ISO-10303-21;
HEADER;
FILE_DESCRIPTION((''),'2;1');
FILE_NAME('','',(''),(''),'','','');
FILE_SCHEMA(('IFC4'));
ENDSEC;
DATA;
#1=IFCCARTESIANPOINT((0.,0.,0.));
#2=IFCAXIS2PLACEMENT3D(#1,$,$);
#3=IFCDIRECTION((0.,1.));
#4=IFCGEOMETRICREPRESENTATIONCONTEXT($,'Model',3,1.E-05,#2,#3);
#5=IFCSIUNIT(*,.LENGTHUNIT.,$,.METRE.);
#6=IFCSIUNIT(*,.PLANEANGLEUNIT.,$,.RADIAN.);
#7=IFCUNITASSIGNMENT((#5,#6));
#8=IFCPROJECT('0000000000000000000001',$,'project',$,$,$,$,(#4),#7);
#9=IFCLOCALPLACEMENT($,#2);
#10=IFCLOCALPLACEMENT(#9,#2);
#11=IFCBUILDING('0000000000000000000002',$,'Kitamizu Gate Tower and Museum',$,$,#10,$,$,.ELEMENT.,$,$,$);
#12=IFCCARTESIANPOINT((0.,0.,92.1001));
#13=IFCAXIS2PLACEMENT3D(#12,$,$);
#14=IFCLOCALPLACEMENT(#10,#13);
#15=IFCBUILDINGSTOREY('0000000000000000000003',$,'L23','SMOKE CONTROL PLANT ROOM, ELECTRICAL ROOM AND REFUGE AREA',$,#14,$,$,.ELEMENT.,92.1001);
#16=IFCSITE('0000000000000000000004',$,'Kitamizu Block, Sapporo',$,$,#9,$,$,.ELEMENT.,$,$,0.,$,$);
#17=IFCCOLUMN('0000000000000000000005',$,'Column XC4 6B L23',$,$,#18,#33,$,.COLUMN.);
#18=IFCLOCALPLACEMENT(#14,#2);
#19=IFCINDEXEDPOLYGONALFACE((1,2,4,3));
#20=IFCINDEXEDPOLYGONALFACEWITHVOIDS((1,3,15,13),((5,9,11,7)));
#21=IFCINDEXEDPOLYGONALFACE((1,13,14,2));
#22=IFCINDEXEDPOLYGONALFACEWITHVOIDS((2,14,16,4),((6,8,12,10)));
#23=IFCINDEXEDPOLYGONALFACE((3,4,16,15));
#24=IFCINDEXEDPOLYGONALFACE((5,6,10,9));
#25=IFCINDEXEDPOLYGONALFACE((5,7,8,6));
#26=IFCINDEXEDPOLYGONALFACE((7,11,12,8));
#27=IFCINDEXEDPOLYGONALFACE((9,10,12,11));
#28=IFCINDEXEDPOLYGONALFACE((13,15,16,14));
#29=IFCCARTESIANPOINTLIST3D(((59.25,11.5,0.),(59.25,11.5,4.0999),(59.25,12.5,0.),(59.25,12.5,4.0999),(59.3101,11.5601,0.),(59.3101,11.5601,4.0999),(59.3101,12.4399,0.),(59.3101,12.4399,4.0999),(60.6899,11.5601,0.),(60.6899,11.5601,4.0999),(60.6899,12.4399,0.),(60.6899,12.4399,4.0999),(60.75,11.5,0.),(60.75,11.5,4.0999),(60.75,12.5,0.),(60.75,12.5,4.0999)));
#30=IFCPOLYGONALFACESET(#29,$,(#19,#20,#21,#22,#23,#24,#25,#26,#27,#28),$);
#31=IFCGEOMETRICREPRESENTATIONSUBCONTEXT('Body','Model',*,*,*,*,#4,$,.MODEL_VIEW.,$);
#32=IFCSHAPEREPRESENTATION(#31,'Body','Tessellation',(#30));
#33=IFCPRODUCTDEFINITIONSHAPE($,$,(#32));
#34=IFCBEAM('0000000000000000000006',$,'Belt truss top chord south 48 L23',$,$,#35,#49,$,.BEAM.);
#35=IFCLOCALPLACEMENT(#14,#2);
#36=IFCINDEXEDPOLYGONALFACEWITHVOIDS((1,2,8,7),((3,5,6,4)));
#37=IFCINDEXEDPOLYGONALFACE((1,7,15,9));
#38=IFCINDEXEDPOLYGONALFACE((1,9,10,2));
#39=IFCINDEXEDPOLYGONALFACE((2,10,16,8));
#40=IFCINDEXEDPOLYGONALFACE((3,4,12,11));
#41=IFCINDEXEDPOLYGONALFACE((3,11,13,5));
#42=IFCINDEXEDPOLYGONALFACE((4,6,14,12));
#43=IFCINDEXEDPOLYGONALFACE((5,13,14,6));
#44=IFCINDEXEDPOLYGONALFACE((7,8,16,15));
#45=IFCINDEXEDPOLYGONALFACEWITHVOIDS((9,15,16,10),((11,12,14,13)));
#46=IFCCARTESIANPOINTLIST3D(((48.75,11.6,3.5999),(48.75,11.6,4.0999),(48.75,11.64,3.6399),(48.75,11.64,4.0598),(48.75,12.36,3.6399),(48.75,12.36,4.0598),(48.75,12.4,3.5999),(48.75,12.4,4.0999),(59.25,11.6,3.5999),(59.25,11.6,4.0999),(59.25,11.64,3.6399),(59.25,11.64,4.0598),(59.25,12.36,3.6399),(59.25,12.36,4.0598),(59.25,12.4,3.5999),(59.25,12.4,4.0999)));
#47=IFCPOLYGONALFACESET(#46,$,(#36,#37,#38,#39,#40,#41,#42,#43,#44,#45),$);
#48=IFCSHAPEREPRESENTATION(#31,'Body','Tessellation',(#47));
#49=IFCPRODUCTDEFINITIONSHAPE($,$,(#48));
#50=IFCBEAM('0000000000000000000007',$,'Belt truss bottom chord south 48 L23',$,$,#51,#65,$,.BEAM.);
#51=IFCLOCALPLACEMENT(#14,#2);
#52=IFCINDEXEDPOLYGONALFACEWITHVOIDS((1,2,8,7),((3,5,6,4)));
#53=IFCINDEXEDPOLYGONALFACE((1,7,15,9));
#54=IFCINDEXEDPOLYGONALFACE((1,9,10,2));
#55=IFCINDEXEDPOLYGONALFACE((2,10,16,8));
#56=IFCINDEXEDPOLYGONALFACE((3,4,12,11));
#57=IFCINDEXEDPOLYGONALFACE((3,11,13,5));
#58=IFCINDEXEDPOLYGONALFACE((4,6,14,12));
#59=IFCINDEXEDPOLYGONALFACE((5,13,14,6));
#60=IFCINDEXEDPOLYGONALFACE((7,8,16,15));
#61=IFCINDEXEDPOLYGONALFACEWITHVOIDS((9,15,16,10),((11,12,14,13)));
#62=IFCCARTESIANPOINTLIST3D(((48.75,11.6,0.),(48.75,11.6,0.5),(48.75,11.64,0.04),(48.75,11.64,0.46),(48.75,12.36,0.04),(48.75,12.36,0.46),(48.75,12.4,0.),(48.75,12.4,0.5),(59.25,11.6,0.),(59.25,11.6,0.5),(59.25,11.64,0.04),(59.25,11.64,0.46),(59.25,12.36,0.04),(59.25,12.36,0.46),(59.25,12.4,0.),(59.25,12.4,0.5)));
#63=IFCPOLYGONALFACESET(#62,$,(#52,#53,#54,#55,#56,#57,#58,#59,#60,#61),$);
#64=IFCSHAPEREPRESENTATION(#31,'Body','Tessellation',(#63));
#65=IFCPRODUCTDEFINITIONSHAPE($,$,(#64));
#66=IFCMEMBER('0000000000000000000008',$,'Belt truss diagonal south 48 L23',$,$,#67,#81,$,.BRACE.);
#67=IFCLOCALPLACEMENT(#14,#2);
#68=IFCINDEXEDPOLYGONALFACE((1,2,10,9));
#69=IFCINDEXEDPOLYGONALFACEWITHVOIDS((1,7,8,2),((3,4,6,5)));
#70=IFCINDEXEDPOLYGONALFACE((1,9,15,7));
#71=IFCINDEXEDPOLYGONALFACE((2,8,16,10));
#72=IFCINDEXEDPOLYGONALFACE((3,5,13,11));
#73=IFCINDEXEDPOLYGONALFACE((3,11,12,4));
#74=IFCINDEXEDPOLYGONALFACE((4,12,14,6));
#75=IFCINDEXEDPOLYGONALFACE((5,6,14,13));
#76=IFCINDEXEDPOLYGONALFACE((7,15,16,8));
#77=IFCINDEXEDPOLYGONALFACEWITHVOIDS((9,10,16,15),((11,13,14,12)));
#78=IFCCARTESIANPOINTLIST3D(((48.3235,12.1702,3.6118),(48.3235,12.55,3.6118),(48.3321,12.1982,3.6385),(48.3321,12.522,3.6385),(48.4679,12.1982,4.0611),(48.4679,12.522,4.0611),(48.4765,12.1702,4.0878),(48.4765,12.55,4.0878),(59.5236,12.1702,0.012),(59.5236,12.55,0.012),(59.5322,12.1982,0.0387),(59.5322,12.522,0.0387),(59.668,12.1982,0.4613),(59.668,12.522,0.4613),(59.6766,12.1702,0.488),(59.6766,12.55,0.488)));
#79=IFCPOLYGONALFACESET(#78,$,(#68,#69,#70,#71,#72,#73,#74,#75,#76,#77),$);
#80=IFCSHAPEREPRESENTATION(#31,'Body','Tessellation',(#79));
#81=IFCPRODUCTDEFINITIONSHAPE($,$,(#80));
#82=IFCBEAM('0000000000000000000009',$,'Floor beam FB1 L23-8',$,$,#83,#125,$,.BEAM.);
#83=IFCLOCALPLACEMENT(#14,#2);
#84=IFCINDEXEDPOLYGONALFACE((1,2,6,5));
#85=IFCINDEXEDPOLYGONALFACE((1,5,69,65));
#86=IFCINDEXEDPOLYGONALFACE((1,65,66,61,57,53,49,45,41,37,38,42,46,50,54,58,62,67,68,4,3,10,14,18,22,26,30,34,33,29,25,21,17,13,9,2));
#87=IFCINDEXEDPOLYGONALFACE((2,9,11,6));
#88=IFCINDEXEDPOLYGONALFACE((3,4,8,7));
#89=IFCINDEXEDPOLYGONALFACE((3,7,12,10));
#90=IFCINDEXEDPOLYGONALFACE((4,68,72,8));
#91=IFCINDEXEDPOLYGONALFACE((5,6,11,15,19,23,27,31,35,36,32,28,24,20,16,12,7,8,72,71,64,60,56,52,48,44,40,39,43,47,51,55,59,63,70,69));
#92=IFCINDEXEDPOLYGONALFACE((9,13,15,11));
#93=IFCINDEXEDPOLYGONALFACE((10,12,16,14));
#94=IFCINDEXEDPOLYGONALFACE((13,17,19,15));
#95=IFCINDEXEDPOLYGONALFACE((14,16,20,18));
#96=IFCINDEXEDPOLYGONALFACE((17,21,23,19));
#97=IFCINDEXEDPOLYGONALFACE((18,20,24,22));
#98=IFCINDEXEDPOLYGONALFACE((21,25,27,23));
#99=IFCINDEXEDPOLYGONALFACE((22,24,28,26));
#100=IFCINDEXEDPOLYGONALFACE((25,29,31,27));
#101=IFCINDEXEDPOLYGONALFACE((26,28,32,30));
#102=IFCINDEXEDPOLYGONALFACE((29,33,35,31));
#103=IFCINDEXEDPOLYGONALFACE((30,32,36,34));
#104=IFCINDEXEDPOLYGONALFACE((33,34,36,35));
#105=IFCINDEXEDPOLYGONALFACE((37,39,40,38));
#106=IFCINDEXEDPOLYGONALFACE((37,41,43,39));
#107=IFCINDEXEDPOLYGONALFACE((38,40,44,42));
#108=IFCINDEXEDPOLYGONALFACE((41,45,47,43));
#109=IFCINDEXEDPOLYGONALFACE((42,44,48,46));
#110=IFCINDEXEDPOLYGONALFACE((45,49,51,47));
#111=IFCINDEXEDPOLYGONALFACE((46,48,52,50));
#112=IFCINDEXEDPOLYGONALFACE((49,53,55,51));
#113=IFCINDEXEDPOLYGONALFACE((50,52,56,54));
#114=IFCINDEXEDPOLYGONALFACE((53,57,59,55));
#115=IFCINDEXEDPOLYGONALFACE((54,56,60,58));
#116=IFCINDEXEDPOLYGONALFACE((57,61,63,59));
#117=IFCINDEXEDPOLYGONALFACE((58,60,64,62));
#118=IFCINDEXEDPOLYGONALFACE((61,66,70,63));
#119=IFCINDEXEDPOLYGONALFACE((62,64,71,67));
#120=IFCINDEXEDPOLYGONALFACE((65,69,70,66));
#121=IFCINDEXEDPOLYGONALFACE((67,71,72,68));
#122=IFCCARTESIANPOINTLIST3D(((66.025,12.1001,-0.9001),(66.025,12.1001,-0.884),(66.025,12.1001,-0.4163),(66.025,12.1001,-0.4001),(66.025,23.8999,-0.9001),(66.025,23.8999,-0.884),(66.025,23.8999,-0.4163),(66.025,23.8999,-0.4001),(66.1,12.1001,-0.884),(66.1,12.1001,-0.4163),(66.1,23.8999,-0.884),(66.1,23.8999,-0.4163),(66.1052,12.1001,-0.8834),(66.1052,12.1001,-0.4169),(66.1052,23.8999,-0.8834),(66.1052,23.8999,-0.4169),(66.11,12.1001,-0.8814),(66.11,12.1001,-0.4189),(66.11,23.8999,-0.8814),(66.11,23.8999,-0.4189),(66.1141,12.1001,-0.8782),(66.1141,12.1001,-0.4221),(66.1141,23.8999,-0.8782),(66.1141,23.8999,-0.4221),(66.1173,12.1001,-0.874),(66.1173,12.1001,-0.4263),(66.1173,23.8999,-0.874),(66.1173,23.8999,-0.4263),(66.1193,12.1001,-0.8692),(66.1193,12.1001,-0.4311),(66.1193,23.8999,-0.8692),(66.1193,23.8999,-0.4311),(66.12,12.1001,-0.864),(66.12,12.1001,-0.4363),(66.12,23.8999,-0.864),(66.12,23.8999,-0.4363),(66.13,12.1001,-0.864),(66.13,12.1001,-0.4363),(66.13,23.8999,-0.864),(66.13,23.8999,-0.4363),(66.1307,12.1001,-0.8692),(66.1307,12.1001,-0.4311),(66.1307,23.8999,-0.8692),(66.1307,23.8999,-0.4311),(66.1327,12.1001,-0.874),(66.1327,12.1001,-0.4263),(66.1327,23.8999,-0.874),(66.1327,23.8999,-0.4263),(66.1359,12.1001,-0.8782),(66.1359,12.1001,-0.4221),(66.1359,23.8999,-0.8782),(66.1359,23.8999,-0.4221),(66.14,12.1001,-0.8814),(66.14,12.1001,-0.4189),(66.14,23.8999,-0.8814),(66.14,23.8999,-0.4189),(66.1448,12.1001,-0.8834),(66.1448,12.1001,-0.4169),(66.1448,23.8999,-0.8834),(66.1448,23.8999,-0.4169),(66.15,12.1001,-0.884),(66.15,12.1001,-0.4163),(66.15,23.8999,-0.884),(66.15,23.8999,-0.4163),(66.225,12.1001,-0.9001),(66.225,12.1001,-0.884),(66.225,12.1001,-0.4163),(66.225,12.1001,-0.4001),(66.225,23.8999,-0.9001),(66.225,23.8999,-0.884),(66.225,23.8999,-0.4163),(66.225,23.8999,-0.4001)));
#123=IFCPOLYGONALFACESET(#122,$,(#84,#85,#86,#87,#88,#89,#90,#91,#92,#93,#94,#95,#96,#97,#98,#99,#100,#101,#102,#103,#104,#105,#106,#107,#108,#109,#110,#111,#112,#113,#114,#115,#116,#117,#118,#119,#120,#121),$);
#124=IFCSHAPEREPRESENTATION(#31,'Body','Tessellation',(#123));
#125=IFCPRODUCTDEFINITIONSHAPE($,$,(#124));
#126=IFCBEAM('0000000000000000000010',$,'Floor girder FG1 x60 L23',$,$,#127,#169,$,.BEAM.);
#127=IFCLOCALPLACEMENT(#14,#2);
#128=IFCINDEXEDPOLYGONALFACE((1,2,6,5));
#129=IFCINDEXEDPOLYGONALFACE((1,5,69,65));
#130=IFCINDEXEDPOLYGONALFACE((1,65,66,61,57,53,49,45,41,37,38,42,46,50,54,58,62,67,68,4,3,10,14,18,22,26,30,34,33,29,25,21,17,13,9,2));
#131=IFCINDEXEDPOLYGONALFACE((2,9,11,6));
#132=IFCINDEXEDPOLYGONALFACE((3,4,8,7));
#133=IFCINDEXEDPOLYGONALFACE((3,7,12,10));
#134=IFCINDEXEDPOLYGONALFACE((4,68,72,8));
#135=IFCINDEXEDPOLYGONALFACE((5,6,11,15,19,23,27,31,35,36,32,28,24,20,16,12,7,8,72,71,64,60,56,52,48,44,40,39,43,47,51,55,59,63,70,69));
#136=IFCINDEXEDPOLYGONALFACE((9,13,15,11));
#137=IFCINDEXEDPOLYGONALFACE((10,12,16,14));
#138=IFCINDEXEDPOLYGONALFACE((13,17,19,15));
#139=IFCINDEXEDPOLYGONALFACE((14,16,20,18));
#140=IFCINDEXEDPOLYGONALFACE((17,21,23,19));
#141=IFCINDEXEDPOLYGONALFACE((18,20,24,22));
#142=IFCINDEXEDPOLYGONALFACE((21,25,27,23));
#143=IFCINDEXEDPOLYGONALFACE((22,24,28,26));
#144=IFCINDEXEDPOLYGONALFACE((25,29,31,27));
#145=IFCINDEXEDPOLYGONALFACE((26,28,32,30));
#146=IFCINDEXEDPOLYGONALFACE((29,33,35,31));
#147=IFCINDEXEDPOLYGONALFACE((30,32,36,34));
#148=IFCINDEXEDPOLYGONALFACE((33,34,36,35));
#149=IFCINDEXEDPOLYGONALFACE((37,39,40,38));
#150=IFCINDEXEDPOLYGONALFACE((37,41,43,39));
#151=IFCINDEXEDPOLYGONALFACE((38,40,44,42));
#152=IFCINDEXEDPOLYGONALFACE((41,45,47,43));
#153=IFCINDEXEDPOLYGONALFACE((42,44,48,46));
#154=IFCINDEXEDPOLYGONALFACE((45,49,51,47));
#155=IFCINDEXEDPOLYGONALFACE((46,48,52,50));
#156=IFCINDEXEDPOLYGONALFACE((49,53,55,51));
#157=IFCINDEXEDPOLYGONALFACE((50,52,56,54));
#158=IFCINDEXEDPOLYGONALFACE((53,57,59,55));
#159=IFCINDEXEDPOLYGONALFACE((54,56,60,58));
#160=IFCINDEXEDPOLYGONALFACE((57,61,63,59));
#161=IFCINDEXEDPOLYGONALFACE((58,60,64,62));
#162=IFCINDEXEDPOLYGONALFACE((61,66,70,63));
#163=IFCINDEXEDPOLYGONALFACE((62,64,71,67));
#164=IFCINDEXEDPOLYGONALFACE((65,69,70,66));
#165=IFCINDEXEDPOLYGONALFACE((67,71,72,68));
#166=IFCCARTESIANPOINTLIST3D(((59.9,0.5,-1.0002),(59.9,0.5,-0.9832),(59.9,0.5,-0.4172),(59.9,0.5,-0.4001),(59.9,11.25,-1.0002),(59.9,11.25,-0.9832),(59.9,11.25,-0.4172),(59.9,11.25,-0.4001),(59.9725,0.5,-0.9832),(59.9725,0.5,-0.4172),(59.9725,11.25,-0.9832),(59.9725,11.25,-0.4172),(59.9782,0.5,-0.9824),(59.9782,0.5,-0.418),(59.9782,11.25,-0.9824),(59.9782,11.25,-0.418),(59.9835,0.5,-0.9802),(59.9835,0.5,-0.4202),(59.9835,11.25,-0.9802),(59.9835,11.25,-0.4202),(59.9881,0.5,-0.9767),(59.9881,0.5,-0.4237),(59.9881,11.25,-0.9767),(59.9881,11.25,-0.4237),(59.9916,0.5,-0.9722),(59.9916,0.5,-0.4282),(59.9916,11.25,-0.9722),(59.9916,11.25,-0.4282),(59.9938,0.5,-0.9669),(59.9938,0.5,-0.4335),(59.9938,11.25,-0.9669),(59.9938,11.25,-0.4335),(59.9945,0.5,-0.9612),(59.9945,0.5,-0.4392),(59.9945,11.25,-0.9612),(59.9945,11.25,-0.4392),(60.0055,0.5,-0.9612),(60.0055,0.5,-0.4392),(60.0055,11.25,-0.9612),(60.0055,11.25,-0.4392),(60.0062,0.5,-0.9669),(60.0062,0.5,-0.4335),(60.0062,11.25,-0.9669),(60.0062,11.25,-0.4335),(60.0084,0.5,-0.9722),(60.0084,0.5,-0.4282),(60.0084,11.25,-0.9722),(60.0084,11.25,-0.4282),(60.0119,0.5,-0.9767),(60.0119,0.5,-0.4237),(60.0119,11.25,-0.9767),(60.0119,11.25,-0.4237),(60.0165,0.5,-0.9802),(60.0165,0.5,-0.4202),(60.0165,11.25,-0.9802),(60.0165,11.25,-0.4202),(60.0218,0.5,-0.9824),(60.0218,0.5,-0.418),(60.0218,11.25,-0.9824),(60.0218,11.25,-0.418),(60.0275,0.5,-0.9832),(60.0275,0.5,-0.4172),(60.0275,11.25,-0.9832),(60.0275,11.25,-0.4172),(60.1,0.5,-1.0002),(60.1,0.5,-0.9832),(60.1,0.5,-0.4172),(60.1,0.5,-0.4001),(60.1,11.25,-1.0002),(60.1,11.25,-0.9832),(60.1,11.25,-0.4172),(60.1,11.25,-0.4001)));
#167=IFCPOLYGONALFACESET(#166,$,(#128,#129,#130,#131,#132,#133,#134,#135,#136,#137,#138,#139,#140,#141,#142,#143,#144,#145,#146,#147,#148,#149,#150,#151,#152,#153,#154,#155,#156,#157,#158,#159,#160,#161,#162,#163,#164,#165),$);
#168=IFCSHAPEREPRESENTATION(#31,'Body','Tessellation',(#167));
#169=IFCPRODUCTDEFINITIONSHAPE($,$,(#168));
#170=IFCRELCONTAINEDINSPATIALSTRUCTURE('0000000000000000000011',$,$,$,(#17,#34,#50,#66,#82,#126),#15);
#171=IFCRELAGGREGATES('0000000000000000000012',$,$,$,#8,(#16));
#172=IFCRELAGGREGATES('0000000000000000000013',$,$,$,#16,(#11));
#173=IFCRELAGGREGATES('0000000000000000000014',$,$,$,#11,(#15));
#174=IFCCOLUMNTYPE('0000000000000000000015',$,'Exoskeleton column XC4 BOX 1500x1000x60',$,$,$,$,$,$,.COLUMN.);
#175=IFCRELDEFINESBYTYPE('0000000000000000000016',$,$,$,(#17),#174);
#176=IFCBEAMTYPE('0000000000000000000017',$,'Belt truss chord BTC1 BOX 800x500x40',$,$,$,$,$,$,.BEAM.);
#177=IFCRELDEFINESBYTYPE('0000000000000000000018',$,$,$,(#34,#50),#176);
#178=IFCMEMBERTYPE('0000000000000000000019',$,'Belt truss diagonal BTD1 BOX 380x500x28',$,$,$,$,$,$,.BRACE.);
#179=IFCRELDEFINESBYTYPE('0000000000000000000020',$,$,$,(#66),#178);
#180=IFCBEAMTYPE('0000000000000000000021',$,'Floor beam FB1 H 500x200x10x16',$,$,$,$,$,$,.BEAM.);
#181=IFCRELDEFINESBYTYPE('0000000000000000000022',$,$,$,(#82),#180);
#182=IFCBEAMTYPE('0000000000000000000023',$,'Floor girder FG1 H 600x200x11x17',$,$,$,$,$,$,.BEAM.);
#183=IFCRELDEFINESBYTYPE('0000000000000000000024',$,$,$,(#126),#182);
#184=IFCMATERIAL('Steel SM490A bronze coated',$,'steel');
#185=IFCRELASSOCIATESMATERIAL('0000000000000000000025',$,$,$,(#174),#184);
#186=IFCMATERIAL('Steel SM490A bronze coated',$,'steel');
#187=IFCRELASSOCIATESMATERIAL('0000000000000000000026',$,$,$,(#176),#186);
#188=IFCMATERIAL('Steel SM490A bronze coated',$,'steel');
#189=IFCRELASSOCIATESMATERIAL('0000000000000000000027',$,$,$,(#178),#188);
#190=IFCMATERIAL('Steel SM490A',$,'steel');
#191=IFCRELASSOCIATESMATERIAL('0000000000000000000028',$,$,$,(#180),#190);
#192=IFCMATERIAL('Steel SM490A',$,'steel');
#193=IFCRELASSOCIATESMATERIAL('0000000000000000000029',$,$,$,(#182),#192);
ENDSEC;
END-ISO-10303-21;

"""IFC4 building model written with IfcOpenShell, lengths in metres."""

from ifc_helpers import new_model, si_unit, direction, frame, origin, origin_2d, place, context, subcontext, project, spatial, hollow_rectangle, i_section, extrude, material, material_profile, profile_set, type_object, element, save


model = new_model("IFC4")

# Units and contexts
model_context = context("Model", 3, precision=1e-05, world=origin(), true_north=direction((0.0, 1.0)))
body_context = subcontext(model_context, "Body", "Model", "MODEL_VIEW")
ifc_project = project(units=[si_unit("LENGTHUNIT", "METRE"), si_unit("PLANEANGLEUNIT", "RADIAN")], contexts=[model_context])

# Site, building, storey
site_placement = place(None, origin())
site = spatial("IfcSite", under=ifc_project, at=site_placement, Name="Kitamizu Block, Sapporo", CompositionType="ELEMENT", RefElevation=0.0)
building_placement = place(site_placement, origin())
building = spatial("IfcBuilding", under=site, at=building_placement, Name="Kitamizu Gate Tower and Museum", CompositionType="ELEMENT")
storey_placement = place(building_placement, frame((0.0, 0.0, 92.1001)))
storey = spatial("IfcBuildingStorey", under=building, at=storey_placement, Name="L23", Description="SMOKE CONTROL PLANT ROOM, ELECTRICAL ROOM AND REFUGE AREA", CompositionType="ELEMENT", Elevation=92.1001)

# Column
ifc_material_1 = material(Name="Steel SM490A bronze coated", Category="steel")
ifc_material_profile_1 = material_profile(ifc_material_1, hollow_rectangle(XDim=1.5, YDim=1.0, WallThickness=0.0601, at=origin_2d()), Name="BOX 1500x1000x60")
ifc_profile_set_1 = profile_set([ifc_material_profile_1], Name="Steel SM490A bronze coated")
column_type = type_object("IfcColumnType", Name="Exoskeleton column XC4 BOX 1500x1000x60", PredefinedType="COLUMN", material=ifc_profile_set_1)
column_placement = place(storey_placement, frame((60.0, 12.0, 0.0), z_axis=(0.0, 0.0, 1.0), x_axis=(1.0, 0.0, 0.0)))
element("IfcColumn", 1, at=column_placement, inside=storey, type_object=column_type, Name="Column XC4 6B L23", PredefinedType="COLUMN", context=body_context, shape_type="SweptSolid", body=[
    extrude(hollow_rectangle(XDim=1.5, YDim=1.0, WallThickness=0.0601, at=origin_2d()), origin(), (0.0, 0.0, 1.0), 4.0999),
])

# Beams
ifc_material_2 = material(Name="Steel SM490A bronze coated", Category="steel")
ifc_material_profile_2 = material_profile(ifc_material_2, hollow_rectangle(XDim=0.8, YDim=0.5, WallThickness=0.04, at=origin_2d()), Name="BOX 800x500x40")
ifc_profile_set_2 = profile_set([ifc_material_profile_2], Name="Steel SM490A bronze coated")
beam_type_1 = type_object("IfcBeamType", Name="Belt truss chord BTC1 BOX 800x500x40", PredefinedType="BEAM", material=ifc_profile_set_2)
for number, where, z_axis, x_axis, name in (
    (2, (48.75, 12.0, 3.8499), (1.0, 0.0, 0.0), (0.0, 1.0, 0.0), "Belt truss top chord south 48 L23"),
    (3, (48.75, 12.0, 0.25), (1.0, 0.0, 0.0), (0.0, 1.0, 0.0), "Belt truss bottom chord south 48 L23"),
):
    element("IfcBeam", number, at=place(storey_placement, frame(where, z_axis=z_axis, x_axis=x_axis)), inside=storey, type_object=beam_type_1, Name=name, PredefinedType="BEAM", context=body_context, shape_type="SweptSolid", body=[
        extrude(hollow_rectangle(XDim=0.8, YDim=0.5, WallThickness=0.04, at=origin_2d()), origin(), (0.0, 0.0, 1.0), 10.5),
    ])

# Member
ifc_material_3 = material(Name="Steel SM490A bronze coated", Category="steel")
ifc_material_profile_3 = material_profile(ifc_material_3, hollow_rectangle(XDim=0.3799, YDim=0.5, WallThickness=0.0281, at=origin_2d()), Name="BOX 380x500x28")
ifc_profile_set_3 = profile_set([ifc_material_profile_3], Name="Steel SM490A bronze coated")
member_type = type_object("IfcMemberType", Name="Belt truss diagonal BTD1 BOX 380x500x28", PredefinedType="BRACE", material=ifc_profile_set_3)
member_placement = place(storey_placement, frame((59.6001, 12.3601, 0.25), z_axis=(-0.952034, 0.0, 0.305993), x_axis=(0.0, -1.0, 0.0)))
element("IfcMember", 4, at=member_placement, inside=storey, type_object=member_type, Name="Belt truss diagonal south 48 L23", PredefinedType="BRACE", context=body_context, shape_type="SweptSolid", body=[
    extrude(hollow_rectangle(XDim=0.3799, YDim=0.5, WallThickness=0.0281, at=origin_2d()), origin(), (0.0, 0.0, 1.0), 11.7644),
])

# Beams
ifc_material_4 = material(Name="Steel SM490A", Category="steel")
ifc_material_profile_4 = material_profile(ifc_material_4, i_section(OverallWidth=0.2, OverallDepth=0.5, WebThickness=0.01, FlangeThickness=0.0161, FilletRadius=0.02, at=origin_2d()), Name="H-500x200x10x16")
ifc_profile_set_4 = profile_set([ifc_material_profile_4], Name="Steel SM490A")
beam_type_2 = type_object("IfcBeamType", Name="Floor beam FB1 H 500x200x10x16", PredefinedType="BEAM", material=ifc_profile_set_4)
beam_placement = place(storey_placement, frame((66.125, 12.1001, -0.6501), z_axis=(0.0, 1.0, 0.0), x_axis=(-1.0, 0.0, 0.0)))
element("IfcBeam", 5, at=beam_placement, inside=storey, type_object=beam_type_2, Name="Floor beam FB1 L23-8", PredefinedType="BEAM", context=body_context, shape_type="SweptSolid", body=[
    extrude(i_section(OverallWidth=0.2, OverallDepth=0.5, WebThickness=0.01, FlangeThickness=0.0161, FilletRadius=0.02, at=origin_2d()), origin(), (0.0, 0.0, 1.0), 11.7998),
])
ifc_material_5 = material(Name="Steel SM490A", Category="steel")
ifc_material_profile_5 = material_profile(ifc_material_5, i_section(OverallWidth=0.2, OverallDepth=0.6001, WebThickness=0.011, FlangeThickness=0.0171, FilletRadius=0.022, at=origin_2d()), Name="H-600x200x11x17")
ifc_profile_set_5 = profile_set([ifc_material_profile_5], Name="Steel SM490A")
beam_type_3 = type_object("IfcBeamType", Name="Floor girder FG1 H 600x200x11x17", PredefinedType="BEAM", material=ifc_profile_set_5)
for number, where, z_axis, x_axis, name in (
    (6, (60.0, 0.5, -0.7002), (0.0, 1.0, 0.0), (-1.0, 0.0, 0.0), "Floor girder FG1 x60 L23"),
):
    element("IfcBeam", number, at=place(storey_placement, frame(where, z_axis=z_axis, x_axis=x_axis)), inside=storey, type_object=beam_type_3, Name=name, PredefinedType="BEAM", context=body_context, shape_type="SweptSolid", body=[
        extrude(i_section(OverallWidth=0.2, OverallDepth=0.6001, WebThickness=0.011, FlangeThickness=0.0171, FilletRadius=0.022, at=origin_2d()), origin(), (0.0, 0.0, 1.0), 10.75),
    ])

save(model, "model.ifc")
